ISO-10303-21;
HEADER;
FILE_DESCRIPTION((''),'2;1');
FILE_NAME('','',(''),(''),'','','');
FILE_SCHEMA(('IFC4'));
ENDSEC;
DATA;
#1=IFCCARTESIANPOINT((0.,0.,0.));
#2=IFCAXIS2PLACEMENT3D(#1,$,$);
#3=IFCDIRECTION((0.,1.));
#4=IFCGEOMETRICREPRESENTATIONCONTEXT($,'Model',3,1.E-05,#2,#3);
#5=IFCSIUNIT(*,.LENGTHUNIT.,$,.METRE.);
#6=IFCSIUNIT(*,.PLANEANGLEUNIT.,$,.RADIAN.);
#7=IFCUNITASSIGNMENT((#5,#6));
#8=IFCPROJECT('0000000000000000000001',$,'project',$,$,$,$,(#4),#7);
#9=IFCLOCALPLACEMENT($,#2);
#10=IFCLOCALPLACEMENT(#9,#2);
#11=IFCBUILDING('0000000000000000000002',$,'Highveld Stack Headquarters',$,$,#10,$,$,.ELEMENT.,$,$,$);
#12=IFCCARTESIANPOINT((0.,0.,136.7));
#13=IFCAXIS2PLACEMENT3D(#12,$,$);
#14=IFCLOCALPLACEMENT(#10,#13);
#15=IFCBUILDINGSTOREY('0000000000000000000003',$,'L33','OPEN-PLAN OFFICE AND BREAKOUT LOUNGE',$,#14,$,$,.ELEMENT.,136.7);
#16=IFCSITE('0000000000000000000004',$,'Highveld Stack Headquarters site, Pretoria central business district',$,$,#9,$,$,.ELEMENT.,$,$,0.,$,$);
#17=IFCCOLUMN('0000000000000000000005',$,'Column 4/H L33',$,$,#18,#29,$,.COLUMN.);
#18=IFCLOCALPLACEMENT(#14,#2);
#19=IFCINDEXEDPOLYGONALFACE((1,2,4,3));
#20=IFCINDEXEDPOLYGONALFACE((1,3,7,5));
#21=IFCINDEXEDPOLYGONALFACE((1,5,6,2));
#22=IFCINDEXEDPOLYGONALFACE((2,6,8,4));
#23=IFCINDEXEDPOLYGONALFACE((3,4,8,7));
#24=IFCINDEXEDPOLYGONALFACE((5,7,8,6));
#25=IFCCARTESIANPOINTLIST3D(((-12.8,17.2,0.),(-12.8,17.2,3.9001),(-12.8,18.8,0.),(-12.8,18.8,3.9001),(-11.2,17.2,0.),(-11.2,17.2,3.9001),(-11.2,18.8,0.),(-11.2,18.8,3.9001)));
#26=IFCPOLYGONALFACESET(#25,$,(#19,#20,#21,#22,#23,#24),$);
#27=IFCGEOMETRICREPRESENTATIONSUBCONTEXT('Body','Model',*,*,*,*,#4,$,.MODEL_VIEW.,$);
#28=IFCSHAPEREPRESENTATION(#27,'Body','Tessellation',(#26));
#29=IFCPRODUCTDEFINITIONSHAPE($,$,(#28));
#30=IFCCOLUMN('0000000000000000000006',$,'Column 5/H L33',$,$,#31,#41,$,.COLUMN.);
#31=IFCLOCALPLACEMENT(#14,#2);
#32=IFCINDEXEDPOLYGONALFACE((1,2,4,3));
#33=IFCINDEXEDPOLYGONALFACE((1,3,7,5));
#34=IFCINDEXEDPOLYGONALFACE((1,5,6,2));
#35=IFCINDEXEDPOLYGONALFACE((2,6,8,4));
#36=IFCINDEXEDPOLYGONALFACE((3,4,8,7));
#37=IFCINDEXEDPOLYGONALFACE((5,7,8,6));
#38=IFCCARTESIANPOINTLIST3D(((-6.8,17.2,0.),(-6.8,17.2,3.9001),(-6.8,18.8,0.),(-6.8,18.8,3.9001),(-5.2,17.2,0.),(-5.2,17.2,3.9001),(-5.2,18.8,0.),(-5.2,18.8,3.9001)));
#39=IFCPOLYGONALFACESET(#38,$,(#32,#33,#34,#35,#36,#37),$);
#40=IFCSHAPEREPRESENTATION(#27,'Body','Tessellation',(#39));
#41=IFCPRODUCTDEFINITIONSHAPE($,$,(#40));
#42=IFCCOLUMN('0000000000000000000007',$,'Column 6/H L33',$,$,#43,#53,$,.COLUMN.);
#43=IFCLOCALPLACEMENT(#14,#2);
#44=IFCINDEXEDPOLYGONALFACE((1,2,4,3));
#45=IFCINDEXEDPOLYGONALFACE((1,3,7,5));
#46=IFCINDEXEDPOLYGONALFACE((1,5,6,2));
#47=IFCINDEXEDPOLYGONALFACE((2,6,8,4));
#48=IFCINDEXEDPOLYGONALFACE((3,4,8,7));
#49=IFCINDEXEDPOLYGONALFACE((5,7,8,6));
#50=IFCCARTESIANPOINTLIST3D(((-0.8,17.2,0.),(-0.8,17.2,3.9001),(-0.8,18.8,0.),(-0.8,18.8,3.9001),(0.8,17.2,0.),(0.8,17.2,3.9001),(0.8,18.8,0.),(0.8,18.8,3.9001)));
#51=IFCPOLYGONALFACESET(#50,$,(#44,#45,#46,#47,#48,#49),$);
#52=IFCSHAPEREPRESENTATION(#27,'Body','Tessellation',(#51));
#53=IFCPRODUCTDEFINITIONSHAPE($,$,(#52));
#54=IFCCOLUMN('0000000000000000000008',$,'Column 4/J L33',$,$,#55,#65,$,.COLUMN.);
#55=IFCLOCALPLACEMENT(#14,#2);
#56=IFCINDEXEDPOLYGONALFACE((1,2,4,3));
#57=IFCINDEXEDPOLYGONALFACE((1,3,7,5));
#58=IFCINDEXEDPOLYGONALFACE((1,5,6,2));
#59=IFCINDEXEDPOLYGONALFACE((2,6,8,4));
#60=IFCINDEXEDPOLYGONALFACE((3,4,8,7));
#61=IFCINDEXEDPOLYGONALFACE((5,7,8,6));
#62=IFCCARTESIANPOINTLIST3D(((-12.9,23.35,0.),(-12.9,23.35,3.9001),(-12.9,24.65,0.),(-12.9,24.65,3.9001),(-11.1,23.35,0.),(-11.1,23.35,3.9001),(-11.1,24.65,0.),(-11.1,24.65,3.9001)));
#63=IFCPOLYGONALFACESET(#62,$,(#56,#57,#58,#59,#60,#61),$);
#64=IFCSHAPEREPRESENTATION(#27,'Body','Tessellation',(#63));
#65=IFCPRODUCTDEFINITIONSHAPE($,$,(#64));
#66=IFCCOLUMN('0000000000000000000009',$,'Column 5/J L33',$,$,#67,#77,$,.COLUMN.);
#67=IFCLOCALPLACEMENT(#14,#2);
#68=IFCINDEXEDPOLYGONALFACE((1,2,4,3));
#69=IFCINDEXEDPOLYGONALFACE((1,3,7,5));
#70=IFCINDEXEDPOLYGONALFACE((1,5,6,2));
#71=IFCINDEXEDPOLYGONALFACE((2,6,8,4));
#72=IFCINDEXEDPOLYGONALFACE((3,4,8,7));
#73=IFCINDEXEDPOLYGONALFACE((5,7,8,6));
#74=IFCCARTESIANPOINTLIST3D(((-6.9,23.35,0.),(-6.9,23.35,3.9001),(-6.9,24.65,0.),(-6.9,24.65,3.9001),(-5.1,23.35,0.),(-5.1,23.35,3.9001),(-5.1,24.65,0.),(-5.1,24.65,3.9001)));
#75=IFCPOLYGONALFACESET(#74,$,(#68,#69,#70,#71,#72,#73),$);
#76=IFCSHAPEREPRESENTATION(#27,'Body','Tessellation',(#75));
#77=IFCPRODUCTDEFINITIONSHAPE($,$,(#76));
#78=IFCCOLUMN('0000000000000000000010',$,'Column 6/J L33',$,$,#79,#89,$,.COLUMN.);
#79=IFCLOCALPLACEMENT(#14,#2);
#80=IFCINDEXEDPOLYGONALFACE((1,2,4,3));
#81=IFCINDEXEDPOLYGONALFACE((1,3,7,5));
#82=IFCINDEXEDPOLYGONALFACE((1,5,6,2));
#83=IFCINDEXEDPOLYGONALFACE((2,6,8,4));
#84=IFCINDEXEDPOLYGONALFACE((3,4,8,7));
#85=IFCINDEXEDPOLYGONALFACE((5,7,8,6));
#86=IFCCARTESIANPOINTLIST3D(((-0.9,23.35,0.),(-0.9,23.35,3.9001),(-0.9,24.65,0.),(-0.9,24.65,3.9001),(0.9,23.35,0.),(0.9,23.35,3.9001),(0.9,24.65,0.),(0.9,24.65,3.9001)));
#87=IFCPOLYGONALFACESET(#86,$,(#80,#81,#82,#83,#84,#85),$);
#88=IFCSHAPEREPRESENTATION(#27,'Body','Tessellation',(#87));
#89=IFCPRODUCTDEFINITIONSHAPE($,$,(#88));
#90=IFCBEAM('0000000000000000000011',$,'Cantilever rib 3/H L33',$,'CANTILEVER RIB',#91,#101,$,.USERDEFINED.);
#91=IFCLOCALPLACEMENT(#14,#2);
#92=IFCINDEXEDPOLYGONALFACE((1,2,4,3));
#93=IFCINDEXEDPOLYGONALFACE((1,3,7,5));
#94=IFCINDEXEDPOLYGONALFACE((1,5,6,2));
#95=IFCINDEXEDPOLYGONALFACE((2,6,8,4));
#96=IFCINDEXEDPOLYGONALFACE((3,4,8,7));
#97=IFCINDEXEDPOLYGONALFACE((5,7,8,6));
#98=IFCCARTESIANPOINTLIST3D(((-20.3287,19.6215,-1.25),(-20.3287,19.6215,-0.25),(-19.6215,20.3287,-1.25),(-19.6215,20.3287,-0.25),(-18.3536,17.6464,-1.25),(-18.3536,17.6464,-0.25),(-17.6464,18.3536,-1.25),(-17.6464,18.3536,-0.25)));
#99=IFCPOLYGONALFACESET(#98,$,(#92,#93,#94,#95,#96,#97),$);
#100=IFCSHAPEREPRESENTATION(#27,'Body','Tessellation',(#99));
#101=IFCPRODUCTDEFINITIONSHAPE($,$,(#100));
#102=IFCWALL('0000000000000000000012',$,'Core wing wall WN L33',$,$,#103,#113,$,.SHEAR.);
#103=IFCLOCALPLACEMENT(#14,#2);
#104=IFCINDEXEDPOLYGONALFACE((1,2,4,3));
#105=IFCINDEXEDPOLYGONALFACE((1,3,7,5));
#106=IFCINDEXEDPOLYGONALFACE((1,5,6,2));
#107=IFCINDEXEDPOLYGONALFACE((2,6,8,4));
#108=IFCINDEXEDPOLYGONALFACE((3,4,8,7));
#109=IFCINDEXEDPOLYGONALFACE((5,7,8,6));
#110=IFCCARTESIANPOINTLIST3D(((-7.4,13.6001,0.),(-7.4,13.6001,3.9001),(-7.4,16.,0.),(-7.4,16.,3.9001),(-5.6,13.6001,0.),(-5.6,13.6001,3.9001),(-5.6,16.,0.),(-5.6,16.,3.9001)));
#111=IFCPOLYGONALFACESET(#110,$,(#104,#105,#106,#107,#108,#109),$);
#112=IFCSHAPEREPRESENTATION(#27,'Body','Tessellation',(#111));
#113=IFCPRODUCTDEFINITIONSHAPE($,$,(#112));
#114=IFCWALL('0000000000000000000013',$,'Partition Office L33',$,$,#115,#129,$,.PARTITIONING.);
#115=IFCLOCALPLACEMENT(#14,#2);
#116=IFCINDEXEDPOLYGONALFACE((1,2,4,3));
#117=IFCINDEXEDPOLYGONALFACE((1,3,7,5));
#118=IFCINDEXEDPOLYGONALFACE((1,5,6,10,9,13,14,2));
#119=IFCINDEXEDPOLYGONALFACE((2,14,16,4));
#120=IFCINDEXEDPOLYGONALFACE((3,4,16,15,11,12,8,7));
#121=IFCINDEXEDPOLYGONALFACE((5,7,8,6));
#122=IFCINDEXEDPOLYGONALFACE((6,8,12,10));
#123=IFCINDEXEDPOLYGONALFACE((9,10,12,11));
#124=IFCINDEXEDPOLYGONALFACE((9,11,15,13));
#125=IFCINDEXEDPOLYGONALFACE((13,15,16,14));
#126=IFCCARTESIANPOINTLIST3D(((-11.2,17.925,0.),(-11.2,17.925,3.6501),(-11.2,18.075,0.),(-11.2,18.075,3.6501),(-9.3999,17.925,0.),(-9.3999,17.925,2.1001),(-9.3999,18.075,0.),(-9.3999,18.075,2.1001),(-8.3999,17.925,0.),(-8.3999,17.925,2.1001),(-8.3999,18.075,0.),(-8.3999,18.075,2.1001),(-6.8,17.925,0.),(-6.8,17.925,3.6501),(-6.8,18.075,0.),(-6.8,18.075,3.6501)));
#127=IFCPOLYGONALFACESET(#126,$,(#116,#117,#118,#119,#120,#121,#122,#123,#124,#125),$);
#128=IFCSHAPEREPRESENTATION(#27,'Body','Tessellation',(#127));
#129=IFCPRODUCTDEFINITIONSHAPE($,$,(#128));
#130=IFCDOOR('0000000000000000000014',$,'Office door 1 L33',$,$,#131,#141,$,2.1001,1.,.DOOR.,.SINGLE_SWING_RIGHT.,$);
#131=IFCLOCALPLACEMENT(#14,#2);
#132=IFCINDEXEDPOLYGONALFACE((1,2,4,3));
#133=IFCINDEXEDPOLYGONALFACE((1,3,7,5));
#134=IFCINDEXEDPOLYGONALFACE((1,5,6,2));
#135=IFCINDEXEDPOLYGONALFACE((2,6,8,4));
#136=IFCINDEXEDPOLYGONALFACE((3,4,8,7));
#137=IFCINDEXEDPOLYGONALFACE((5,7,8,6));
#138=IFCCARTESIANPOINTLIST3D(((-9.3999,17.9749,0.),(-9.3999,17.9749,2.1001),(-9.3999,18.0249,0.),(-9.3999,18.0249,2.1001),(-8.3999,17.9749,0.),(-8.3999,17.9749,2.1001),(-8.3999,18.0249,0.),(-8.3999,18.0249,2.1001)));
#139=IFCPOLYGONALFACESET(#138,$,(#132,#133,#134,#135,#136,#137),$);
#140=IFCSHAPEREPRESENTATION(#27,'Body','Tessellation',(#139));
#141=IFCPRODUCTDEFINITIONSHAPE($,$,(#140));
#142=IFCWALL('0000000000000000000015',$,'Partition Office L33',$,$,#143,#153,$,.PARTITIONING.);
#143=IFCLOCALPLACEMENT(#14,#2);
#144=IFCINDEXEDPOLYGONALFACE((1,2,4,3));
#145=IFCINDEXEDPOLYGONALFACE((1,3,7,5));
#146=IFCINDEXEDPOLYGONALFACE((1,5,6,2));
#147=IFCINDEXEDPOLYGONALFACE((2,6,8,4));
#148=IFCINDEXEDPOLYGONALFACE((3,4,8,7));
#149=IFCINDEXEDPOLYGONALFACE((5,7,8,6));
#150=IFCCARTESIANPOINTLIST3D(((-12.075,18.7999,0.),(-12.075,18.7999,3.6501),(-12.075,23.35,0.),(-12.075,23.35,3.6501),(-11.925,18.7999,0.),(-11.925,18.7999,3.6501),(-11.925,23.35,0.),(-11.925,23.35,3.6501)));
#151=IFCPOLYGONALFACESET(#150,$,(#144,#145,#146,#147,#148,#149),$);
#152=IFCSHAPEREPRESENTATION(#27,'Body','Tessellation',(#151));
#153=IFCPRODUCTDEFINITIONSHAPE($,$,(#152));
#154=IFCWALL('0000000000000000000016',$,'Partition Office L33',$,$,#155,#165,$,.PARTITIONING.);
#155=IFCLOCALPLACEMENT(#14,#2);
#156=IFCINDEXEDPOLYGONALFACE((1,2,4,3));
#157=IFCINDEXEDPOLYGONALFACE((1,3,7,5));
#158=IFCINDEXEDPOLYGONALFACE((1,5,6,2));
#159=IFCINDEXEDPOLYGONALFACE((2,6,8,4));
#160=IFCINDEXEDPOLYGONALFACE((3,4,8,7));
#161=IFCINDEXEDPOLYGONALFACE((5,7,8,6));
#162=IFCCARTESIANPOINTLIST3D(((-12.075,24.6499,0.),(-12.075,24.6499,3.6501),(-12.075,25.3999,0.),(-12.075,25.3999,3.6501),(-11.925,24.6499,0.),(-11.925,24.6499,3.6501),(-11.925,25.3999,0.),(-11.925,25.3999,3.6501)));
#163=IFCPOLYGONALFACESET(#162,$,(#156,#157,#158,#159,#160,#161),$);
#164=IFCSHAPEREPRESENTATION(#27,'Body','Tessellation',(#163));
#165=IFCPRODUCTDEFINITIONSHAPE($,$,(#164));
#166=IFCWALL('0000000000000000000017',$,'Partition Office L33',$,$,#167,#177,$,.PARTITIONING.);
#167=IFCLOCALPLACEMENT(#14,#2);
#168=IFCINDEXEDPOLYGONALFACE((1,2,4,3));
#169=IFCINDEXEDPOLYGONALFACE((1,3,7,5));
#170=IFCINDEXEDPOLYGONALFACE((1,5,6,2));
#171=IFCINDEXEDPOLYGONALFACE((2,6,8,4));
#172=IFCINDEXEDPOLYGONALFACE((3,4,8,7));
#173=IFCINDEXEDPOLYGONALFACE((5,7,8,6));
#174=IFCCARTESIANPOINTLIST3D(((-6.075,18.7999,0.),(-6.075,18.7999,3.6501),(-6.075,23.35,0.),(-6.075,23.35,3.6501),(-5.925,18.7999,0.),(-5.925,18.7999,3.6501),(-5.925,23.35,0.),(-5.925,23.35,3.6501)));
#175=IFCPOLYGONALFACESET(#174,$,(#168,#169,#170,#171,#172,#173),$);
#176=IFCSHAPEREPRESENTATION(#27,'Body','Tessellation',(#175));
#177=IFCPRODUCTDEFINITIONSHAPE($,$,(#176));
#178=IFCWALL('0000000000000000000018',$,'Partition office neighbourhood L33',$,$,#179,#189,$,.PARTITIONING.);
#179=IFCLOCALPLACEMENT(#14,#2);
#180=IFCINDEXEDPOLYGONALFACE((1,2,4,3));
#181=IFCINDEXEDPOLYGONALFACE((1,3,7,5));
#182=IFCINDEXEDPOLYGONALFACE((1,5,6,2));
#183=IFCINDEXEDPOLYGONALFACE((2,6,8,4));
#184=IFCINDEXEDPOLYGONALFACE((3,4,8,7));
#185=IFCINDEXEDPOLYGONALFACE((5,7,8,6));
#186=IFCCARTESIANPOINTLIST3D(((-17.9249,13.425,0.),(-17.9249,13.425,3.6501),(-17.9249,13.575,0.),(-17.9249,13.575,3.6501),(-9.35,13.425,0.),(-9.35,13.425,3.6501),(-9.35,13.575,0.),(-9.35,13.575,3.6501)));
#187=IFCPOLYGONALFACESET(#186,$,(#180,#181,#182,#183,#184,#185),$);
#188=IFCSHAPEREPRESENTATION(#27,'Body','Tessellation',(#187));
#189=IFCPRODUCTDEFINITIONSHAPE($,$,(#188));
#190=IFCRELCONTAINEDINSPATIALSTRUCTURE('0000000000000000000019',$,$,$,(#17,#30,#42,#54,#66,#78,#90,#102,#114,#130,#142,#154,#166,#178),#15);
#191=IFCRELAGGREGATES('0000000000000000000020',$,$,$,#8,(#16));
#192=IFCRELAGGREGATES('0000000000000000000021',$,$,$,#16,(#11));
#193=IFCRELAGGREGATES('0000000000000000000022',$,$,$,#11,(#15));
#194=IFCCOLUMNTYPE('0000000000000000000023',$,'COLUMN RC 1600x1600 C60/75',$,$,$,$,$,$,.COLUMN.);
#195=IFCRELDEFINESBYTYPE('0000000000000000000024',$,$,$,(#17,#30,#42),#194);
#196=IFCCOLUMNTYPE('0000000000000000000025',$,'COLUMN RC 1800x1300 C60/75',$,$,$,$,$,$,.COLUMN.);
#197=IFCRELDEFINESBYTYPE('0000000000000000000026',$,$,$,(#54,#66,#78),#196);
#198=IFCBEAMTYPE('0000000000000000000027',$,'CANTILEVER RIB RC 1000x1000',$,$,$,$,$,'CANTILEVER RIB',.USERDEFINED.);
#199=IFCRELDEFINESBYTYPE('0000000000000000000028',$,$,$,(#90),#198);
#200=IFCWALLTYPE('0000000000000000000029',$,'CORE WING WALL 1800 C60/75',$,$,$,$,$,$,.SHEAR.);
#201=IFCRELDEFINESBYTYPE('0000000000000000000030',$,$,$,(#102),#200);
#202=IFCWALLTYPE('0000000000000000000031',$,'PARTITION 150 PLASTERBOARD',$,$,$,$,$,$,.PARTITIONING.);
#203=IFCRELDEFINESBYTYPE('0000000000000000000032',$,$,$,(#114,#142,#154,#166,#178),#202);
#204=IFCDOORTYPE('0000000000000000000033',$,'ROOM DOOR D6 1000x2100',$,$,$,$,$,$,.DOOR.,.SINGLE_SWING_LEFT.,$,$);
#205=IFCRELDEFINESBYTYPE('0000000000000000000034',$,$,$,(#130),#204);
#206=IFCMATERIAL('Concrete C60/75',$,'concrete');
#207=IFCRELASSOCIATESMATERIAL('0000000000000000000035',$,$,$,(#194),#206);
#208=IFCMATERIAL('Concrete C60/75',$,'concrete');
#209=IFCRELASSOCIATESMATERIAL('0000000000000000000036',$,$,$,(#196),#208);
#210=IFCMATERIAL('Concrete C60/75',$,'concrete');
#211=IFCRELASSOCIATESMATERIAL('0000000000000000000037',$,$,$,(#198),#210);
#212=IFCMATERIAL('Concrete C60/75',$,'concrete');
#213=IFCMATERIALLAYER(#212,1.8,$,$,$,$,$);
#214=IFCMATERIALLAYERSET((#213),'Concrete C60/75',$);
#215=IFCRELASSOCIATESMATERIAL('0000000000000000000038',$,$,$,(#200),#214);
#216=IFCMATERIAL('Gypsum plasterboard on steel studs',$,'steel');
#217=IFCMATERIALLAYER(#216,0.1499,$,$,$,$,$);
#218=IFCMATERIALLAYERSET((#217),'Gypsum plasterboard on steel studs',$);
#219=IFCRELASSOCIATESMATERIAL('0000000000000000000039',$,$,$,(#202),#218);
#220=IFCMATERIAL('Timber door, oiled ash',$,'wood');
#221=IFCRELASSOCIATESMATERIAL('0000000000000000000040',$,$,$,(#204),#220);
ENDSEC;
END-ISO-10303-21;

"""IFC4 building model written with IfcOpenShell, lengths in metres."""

from ifc_helpers import new_model, si_unit, direction, frame, frame_2d, origin, origin_2d, place, context, subcontext, project, spatial, rectangle, extrude, material, layer, layer_set, material_profile, profile_set, type_object, element, fill, save


model = new_model("IFC4")

# Units and contexts
model_context = context("Model", 3, precision=1e-05, world=origin(), true_north=direction((0.0, 1.0)))
body_context = subcontext(model_context, "Body", "Model", "MODEL_VIEW")
ifc_project = project(units=[si_unit("LENGTHUNIT", "METRE"), si_unit("PLANEANGLEUNIT", "RADIAN")], contexts=[model_context])

# Site, building, storey
site_placement = place(None, origin())
site = spatial("IfcSite", under=ifc_project, at=site_placement, Name="Highveld Stack Headquarters site, Pretoria central business district", CompositionType="ELEMENT", RefElevation=0.0)
building_placement = place(site_placement, origin())
building = spatial("IfcBuilding", under=site, at=building_placement, Name="Highveld Stack Headquarters", CompositionType="ELEMENT")
storey_placement = place(building_placement, frame((0.0, 0.0, 136.7)))
storey = spatial("IfcBuildingStorey", under=building, at=storey_placement, Name="L33", Description="OPEN-PLAN OFFICE AND BREAKOUT LOUNGE", CompositionType="ELEMENT", Elevation=136.7)

# Columns
ifc_material_1 = material(Name="Concrete C60/75", Category="concrete")
ifc_material_profile_1 = material_profile(ifc_material_1, rectangle(XDim=1.6001, YDim=1.6001, at=origin_2d()), Name="RC 1600x1600")
ifc_profile_set_1 = profile_set([ifc_material_profile_1], Name="Concrete C60/75")
column_type_1 = type_object("IfcColumnType", Name="COLUMN RC 1600x1600 C60/75", PredefinedType="COLUMN", material=ifc_profile_set_1)
for number, where, z_axis, x_axis, name in (
    (1, (-12.0, 18.0, 0.0), (0.0, 0.0, 1.0), (1.0, 0.0, 0.0), "Column 4/H L33"),
    (2, (-6.0, 18.0, 0.0), (0.0, 0.0, 1.0), (1.0, 0.0, 0.0), "Column 5/H L33"),
    (3, (0.0, 18.0, 0.0), (0.0, 0.0, 1.0), (1.0, 0.0, 0.0), "Column 6/H L33"),
):
    element("IfcColumn", number, at=place(storey_placement, frame(where, z_axis=z_axis, x_axis=x_axis)), inside=storey, type_object=column_type_1, Name=name, PredefinedType="COLUMN", context=body_context, shape_type="SweptSolid", body=[
        extrude(rectangle(XDim=1.6001, YDim=1.6001, at=origin_2d()), origin(), (0.0, 0.0, 1.0), 3.9001),
    ])
ifc_material_2 = material(Name="Concrete C60/75", Category="concrete")
ifc_material_profile_2 = material_profile(ifc_material_2, rectangle(XDim=1.8, YDim=1.3, at=origin_2d()), Name="RC 1800x1300")
ifc_profile_set_2 = profile_set([ifc_material_profile_2], Name="Concrete C60/75")
column_type_2 = type_object("IfcColumnType", Name="COLUMN RC 1800x1300 C60/75", PredefinedType="COLUMN", material=ifc_profile_set_2)
for number, where, z_axis, x_axis, name in (
    (4, (-12.0, 24.0, 0.0), (0.0, 0.0, 1.0), (1.0, 0.0, 0.0), "Column 4/J L33"),
    (5, (-6.0, 24.0, 0.0), (0.0, 0.0, 1.0), (1.0, 0.0, 0.0), "Column 5/J L33"),
    (6, (0.0, 24.0, 0.0), (0.0, 0.0, 1.0), (1.0, 0.0, 0.0), "Column 6/J L33"),
):
    element("IfcColumn", number, at=place(storey_placement, frame(where, z_axis=z_axis, x_axis=x_axis)), inside=storey, type_object=column_type_2, Name=name, PredefinedType="COLUMN", context=body_context, shape_type="SweptSolid", body=[
        extrude(rectangle(XDim=1.8, YDim=1.3, at=origin_2d()), origin(), (0.0, 0.0, 1.0), 3.9001),
    ])

# Beam
ifc_material_3 = material(Name="Concrete C60/75", Category="concrete")
ifc_material_profile_3 = material_profile(ifc_material_3, rectangle(XDim=1.0, YDim=1.0, at=origin_2d()), Name="RC 1000x1000")
ifc_profile_set_3 = profile_set([ifc_material_profile_3], Name="Concrete C60/75")
beam_type = type_object("IfcBeamType", Name="CANTILEVER RIB RC 1000x1000", ElementType="CANTILEVER RIB", PredefinedType="USERDEFINED", material=ifc_profile_set_3)
beam_placement = place(storey_placement, frame((-18.0, 18.0, -0.75), z_axis=(-0.707107, 0.707107, 0.0), x_axis=(-0.707107, -0.707107, 0.0)))
element("IfcBeam", 7, at=beam_placement, inside=storey, type_object=beam_type, Name="Cantilever rib 3/H L33", ObjectType="CANTILEVER RIB", PredefinedType="USERDEFINED", context=body_context, shape_type="SweptSolid", body=[
    extrude(rectangle(XDim=1.0, YDim=1.0, at=origin_2d()), origin(), (0.0, 0.0, 1.0), 2.7932),
])

# Wall
ifc_material_4 = material(Name="Concrete C60/75", Category="concrete")
ifc_layer_1 = layer(ifc_material_4, 1.8)
ifc_layer_set_1 = layer_set([ifc_layer_1], Name="Concrete C60/75")
wall_type_1 = type_object("IfcWallType", Name="CORE WING WALL 1800 C60/75", PredefinedType="SHEAR", material=ifc_layer_set_1)
wall_1_placement = place(storey_placement, frame((-6.5, 13.6001, 0.0), z_axis=(0.0, 0.0, 1.0), x_axis=(0.0, 1.0, 0.0)))
element("IfcWall", 8, at=wall_1_placement, inside=storey, type_object=wall_type_1, Name="Core wing wall WN L33", PredefinedType="SHEAR", context=body_context, shape_type="SweptSolid", body=[
    extrude(rectangle(XDim=2.3999, YDim=1.8, at=frame_2d((1.2, 0.0))), origin(), (0.0, 0.0, 1.0), 3.9001),
])

# Wall, opening, door
ifc_material_5 = material(Name="Gypsum plasterboard on steel studs", Category="steel")
ifc_layer_2 = layer(ifc_material_5, 0.1499)
ifc_layer_set_2 = layer_set([ifc_layer_2], Name="Gypsum plasterboard on steel studs")
wall_type_2 = type_object("IfcWallType", Name="PARTITION 150 PLASTERBOARD", PredefinedType="PARTITIONING", material=ifc_layer_set_2)
wall_2_placement = place(storey_placement, frame((-11.2, 18.0, 0.0), z_axis=(0.0, 0.0, 1.0), x_axis=(1.0, 0.0, 0.0)))
wall_2 = element("IfcWall", 9, at=wall_2_placement, inside=storey, type_object=wall_type_2, Name="Partition Office L33", PredefinedType="PARTITIONING", context=body_context, shape_type="SweptSolid", body=[
    extrude(rectangle(XDim=4.3999, YDim=0.1499, at=frame_2d((2.2, 0.0))), origin(), (0.0, 0.0, 1.0), 3.6501),
])
opening_1_placement = place(wall_2_placement, frame((1.8, 0.0, 0.0)))
opening_1 = element("IfcOpeningElement", 10, at=opening_1_placement, cuts=wall_2, PredefinedType="OPENING", context=body_context, shape_type="SweptSolid", body=[
    extrude(rectangle(XDim=1.0, YDim=2.1001, at=frame_2d((0.5, 1.05))), frame((0.0, 0.085, 0.0), z_axis=(0.0, -1.0, 0.0), x_axis=(1.0, 0.0, 0.0)), (0.0, 0.0, 1.0), 0.1699),
])
ifc_material_6 = material(Name="Timber door, oiled ash", Category="wood")
door_type = type_object("IfcDoorType", Name="ROOM DOOR D6 1000x2100", OperationType="SINGLE_SWING_LEFT", PredefinedType="DOOR", material=ifc_material_6)
door_1_placement = place(opening_1_placement, origin())
door_1 = element("IfcDoor", 11, at=door_1_placement, inside=storey, type_object=door_type, Name="Office door 1 L33", OperationType="SINGLE_SWING_RIGHT", OverallHeight=2.1001, OverallWidth=1.0, PredefinedType="DOOR", context=body_context, shape_type="SweptSolid", body=[
    extrude(rectangle(XDim=1.0, YDim=2.1001, at=frame_2d((0.5, 1.05))), frame((0.0, 0.0249, 0.0), z_axis=(0.0, -1.0, 0.0), x_axis=(1.0, 0.0, 0.0)), (0.0, 0.0, 1.0), 0.05),
])
fill(opening_1, door_1)

# Walls
wall_3_placement = place(storey_placement, frame((-12.0, 18.8, 0.0), z_axis=(0.0, 0.0, 1.0), x_axis=(0.0, 1.0, 0.0)))
element("IfcWall", 12, at=wall_3_placement, inside=storey, type_object=wall_type_2, Name="Partition Office L33", PredefinedType="PARTITIONING", context=body_context, shape_type="SweptSolid", body=[
    extrude(rectangle(XDim=4.55, YDim=0.1499, at=frame_2d((2.2749, 0.0))), origin(), (0.0, 0.0, 1.0), 3.6501),
])
wall_4_placement = place(storey_placement, frame((-12.0, 24.6499, 0.0), z_axis=(0.0, 0.0, 1.0), x_axis=(0.0, 1.0, 0.0)))
element("IfcWall", 13, at=wall_4_placement, inside=storey, type_object=wall_type_2, Name="Partition Office L33", PredefinedType="PARTITIONING", context=body_context, shape_type="SweptSolid", body=[
    extrude(rectangle(XDim=0.75, YDim=0.1499, at=frame_2d((0.375, 0.0))), origin(), (0.0, 0.0, 1.0), 3.6501),
])
wall_5_placement = place(storey_placement, frame((-6.0, 18.8, 0.0), z_axis=(0.0, 0.0, 1.0), x_axis=(0.0, 1.0, 0.0)))
element("IfcWall", 14, at=wall_5_placement, inside=storey, type_object=wall_type_2, Name="Partition Office L33", PredefinedType="PARTITIONING", context=body_context, shape_type="SweptSolid", body=[
    extrude(rectangle(XDim=4.55, YDim=0.1499, at=frame_2d((2.2749, 0.0))), origin(), (0.0, 0.0, 1.0), 3.6501),
])
wall_6_placement = place(storey_placement, frame((-17.925, 13.5, 0.0), z_axis=(0.0, 0.0, 1.0), x_axis=(1.0, 0.0, 0.0)))
element("IfcWall", 15, at=wall_6_placement, inside=storey, type_object=wall_type_2, Name="Partition office neighbourhood L33", PredefinedType="PARTITIONING", context=body_context, shape_type="SweptSolid", body=[
    extrude(rectangle(XDim=8.575, YDim=0.1499, at=frame_2d((4.2876, 0.0))), origin(), (0.0, 0.0, 1.0), 3.6501),
])

save(model, "model.ifc")
